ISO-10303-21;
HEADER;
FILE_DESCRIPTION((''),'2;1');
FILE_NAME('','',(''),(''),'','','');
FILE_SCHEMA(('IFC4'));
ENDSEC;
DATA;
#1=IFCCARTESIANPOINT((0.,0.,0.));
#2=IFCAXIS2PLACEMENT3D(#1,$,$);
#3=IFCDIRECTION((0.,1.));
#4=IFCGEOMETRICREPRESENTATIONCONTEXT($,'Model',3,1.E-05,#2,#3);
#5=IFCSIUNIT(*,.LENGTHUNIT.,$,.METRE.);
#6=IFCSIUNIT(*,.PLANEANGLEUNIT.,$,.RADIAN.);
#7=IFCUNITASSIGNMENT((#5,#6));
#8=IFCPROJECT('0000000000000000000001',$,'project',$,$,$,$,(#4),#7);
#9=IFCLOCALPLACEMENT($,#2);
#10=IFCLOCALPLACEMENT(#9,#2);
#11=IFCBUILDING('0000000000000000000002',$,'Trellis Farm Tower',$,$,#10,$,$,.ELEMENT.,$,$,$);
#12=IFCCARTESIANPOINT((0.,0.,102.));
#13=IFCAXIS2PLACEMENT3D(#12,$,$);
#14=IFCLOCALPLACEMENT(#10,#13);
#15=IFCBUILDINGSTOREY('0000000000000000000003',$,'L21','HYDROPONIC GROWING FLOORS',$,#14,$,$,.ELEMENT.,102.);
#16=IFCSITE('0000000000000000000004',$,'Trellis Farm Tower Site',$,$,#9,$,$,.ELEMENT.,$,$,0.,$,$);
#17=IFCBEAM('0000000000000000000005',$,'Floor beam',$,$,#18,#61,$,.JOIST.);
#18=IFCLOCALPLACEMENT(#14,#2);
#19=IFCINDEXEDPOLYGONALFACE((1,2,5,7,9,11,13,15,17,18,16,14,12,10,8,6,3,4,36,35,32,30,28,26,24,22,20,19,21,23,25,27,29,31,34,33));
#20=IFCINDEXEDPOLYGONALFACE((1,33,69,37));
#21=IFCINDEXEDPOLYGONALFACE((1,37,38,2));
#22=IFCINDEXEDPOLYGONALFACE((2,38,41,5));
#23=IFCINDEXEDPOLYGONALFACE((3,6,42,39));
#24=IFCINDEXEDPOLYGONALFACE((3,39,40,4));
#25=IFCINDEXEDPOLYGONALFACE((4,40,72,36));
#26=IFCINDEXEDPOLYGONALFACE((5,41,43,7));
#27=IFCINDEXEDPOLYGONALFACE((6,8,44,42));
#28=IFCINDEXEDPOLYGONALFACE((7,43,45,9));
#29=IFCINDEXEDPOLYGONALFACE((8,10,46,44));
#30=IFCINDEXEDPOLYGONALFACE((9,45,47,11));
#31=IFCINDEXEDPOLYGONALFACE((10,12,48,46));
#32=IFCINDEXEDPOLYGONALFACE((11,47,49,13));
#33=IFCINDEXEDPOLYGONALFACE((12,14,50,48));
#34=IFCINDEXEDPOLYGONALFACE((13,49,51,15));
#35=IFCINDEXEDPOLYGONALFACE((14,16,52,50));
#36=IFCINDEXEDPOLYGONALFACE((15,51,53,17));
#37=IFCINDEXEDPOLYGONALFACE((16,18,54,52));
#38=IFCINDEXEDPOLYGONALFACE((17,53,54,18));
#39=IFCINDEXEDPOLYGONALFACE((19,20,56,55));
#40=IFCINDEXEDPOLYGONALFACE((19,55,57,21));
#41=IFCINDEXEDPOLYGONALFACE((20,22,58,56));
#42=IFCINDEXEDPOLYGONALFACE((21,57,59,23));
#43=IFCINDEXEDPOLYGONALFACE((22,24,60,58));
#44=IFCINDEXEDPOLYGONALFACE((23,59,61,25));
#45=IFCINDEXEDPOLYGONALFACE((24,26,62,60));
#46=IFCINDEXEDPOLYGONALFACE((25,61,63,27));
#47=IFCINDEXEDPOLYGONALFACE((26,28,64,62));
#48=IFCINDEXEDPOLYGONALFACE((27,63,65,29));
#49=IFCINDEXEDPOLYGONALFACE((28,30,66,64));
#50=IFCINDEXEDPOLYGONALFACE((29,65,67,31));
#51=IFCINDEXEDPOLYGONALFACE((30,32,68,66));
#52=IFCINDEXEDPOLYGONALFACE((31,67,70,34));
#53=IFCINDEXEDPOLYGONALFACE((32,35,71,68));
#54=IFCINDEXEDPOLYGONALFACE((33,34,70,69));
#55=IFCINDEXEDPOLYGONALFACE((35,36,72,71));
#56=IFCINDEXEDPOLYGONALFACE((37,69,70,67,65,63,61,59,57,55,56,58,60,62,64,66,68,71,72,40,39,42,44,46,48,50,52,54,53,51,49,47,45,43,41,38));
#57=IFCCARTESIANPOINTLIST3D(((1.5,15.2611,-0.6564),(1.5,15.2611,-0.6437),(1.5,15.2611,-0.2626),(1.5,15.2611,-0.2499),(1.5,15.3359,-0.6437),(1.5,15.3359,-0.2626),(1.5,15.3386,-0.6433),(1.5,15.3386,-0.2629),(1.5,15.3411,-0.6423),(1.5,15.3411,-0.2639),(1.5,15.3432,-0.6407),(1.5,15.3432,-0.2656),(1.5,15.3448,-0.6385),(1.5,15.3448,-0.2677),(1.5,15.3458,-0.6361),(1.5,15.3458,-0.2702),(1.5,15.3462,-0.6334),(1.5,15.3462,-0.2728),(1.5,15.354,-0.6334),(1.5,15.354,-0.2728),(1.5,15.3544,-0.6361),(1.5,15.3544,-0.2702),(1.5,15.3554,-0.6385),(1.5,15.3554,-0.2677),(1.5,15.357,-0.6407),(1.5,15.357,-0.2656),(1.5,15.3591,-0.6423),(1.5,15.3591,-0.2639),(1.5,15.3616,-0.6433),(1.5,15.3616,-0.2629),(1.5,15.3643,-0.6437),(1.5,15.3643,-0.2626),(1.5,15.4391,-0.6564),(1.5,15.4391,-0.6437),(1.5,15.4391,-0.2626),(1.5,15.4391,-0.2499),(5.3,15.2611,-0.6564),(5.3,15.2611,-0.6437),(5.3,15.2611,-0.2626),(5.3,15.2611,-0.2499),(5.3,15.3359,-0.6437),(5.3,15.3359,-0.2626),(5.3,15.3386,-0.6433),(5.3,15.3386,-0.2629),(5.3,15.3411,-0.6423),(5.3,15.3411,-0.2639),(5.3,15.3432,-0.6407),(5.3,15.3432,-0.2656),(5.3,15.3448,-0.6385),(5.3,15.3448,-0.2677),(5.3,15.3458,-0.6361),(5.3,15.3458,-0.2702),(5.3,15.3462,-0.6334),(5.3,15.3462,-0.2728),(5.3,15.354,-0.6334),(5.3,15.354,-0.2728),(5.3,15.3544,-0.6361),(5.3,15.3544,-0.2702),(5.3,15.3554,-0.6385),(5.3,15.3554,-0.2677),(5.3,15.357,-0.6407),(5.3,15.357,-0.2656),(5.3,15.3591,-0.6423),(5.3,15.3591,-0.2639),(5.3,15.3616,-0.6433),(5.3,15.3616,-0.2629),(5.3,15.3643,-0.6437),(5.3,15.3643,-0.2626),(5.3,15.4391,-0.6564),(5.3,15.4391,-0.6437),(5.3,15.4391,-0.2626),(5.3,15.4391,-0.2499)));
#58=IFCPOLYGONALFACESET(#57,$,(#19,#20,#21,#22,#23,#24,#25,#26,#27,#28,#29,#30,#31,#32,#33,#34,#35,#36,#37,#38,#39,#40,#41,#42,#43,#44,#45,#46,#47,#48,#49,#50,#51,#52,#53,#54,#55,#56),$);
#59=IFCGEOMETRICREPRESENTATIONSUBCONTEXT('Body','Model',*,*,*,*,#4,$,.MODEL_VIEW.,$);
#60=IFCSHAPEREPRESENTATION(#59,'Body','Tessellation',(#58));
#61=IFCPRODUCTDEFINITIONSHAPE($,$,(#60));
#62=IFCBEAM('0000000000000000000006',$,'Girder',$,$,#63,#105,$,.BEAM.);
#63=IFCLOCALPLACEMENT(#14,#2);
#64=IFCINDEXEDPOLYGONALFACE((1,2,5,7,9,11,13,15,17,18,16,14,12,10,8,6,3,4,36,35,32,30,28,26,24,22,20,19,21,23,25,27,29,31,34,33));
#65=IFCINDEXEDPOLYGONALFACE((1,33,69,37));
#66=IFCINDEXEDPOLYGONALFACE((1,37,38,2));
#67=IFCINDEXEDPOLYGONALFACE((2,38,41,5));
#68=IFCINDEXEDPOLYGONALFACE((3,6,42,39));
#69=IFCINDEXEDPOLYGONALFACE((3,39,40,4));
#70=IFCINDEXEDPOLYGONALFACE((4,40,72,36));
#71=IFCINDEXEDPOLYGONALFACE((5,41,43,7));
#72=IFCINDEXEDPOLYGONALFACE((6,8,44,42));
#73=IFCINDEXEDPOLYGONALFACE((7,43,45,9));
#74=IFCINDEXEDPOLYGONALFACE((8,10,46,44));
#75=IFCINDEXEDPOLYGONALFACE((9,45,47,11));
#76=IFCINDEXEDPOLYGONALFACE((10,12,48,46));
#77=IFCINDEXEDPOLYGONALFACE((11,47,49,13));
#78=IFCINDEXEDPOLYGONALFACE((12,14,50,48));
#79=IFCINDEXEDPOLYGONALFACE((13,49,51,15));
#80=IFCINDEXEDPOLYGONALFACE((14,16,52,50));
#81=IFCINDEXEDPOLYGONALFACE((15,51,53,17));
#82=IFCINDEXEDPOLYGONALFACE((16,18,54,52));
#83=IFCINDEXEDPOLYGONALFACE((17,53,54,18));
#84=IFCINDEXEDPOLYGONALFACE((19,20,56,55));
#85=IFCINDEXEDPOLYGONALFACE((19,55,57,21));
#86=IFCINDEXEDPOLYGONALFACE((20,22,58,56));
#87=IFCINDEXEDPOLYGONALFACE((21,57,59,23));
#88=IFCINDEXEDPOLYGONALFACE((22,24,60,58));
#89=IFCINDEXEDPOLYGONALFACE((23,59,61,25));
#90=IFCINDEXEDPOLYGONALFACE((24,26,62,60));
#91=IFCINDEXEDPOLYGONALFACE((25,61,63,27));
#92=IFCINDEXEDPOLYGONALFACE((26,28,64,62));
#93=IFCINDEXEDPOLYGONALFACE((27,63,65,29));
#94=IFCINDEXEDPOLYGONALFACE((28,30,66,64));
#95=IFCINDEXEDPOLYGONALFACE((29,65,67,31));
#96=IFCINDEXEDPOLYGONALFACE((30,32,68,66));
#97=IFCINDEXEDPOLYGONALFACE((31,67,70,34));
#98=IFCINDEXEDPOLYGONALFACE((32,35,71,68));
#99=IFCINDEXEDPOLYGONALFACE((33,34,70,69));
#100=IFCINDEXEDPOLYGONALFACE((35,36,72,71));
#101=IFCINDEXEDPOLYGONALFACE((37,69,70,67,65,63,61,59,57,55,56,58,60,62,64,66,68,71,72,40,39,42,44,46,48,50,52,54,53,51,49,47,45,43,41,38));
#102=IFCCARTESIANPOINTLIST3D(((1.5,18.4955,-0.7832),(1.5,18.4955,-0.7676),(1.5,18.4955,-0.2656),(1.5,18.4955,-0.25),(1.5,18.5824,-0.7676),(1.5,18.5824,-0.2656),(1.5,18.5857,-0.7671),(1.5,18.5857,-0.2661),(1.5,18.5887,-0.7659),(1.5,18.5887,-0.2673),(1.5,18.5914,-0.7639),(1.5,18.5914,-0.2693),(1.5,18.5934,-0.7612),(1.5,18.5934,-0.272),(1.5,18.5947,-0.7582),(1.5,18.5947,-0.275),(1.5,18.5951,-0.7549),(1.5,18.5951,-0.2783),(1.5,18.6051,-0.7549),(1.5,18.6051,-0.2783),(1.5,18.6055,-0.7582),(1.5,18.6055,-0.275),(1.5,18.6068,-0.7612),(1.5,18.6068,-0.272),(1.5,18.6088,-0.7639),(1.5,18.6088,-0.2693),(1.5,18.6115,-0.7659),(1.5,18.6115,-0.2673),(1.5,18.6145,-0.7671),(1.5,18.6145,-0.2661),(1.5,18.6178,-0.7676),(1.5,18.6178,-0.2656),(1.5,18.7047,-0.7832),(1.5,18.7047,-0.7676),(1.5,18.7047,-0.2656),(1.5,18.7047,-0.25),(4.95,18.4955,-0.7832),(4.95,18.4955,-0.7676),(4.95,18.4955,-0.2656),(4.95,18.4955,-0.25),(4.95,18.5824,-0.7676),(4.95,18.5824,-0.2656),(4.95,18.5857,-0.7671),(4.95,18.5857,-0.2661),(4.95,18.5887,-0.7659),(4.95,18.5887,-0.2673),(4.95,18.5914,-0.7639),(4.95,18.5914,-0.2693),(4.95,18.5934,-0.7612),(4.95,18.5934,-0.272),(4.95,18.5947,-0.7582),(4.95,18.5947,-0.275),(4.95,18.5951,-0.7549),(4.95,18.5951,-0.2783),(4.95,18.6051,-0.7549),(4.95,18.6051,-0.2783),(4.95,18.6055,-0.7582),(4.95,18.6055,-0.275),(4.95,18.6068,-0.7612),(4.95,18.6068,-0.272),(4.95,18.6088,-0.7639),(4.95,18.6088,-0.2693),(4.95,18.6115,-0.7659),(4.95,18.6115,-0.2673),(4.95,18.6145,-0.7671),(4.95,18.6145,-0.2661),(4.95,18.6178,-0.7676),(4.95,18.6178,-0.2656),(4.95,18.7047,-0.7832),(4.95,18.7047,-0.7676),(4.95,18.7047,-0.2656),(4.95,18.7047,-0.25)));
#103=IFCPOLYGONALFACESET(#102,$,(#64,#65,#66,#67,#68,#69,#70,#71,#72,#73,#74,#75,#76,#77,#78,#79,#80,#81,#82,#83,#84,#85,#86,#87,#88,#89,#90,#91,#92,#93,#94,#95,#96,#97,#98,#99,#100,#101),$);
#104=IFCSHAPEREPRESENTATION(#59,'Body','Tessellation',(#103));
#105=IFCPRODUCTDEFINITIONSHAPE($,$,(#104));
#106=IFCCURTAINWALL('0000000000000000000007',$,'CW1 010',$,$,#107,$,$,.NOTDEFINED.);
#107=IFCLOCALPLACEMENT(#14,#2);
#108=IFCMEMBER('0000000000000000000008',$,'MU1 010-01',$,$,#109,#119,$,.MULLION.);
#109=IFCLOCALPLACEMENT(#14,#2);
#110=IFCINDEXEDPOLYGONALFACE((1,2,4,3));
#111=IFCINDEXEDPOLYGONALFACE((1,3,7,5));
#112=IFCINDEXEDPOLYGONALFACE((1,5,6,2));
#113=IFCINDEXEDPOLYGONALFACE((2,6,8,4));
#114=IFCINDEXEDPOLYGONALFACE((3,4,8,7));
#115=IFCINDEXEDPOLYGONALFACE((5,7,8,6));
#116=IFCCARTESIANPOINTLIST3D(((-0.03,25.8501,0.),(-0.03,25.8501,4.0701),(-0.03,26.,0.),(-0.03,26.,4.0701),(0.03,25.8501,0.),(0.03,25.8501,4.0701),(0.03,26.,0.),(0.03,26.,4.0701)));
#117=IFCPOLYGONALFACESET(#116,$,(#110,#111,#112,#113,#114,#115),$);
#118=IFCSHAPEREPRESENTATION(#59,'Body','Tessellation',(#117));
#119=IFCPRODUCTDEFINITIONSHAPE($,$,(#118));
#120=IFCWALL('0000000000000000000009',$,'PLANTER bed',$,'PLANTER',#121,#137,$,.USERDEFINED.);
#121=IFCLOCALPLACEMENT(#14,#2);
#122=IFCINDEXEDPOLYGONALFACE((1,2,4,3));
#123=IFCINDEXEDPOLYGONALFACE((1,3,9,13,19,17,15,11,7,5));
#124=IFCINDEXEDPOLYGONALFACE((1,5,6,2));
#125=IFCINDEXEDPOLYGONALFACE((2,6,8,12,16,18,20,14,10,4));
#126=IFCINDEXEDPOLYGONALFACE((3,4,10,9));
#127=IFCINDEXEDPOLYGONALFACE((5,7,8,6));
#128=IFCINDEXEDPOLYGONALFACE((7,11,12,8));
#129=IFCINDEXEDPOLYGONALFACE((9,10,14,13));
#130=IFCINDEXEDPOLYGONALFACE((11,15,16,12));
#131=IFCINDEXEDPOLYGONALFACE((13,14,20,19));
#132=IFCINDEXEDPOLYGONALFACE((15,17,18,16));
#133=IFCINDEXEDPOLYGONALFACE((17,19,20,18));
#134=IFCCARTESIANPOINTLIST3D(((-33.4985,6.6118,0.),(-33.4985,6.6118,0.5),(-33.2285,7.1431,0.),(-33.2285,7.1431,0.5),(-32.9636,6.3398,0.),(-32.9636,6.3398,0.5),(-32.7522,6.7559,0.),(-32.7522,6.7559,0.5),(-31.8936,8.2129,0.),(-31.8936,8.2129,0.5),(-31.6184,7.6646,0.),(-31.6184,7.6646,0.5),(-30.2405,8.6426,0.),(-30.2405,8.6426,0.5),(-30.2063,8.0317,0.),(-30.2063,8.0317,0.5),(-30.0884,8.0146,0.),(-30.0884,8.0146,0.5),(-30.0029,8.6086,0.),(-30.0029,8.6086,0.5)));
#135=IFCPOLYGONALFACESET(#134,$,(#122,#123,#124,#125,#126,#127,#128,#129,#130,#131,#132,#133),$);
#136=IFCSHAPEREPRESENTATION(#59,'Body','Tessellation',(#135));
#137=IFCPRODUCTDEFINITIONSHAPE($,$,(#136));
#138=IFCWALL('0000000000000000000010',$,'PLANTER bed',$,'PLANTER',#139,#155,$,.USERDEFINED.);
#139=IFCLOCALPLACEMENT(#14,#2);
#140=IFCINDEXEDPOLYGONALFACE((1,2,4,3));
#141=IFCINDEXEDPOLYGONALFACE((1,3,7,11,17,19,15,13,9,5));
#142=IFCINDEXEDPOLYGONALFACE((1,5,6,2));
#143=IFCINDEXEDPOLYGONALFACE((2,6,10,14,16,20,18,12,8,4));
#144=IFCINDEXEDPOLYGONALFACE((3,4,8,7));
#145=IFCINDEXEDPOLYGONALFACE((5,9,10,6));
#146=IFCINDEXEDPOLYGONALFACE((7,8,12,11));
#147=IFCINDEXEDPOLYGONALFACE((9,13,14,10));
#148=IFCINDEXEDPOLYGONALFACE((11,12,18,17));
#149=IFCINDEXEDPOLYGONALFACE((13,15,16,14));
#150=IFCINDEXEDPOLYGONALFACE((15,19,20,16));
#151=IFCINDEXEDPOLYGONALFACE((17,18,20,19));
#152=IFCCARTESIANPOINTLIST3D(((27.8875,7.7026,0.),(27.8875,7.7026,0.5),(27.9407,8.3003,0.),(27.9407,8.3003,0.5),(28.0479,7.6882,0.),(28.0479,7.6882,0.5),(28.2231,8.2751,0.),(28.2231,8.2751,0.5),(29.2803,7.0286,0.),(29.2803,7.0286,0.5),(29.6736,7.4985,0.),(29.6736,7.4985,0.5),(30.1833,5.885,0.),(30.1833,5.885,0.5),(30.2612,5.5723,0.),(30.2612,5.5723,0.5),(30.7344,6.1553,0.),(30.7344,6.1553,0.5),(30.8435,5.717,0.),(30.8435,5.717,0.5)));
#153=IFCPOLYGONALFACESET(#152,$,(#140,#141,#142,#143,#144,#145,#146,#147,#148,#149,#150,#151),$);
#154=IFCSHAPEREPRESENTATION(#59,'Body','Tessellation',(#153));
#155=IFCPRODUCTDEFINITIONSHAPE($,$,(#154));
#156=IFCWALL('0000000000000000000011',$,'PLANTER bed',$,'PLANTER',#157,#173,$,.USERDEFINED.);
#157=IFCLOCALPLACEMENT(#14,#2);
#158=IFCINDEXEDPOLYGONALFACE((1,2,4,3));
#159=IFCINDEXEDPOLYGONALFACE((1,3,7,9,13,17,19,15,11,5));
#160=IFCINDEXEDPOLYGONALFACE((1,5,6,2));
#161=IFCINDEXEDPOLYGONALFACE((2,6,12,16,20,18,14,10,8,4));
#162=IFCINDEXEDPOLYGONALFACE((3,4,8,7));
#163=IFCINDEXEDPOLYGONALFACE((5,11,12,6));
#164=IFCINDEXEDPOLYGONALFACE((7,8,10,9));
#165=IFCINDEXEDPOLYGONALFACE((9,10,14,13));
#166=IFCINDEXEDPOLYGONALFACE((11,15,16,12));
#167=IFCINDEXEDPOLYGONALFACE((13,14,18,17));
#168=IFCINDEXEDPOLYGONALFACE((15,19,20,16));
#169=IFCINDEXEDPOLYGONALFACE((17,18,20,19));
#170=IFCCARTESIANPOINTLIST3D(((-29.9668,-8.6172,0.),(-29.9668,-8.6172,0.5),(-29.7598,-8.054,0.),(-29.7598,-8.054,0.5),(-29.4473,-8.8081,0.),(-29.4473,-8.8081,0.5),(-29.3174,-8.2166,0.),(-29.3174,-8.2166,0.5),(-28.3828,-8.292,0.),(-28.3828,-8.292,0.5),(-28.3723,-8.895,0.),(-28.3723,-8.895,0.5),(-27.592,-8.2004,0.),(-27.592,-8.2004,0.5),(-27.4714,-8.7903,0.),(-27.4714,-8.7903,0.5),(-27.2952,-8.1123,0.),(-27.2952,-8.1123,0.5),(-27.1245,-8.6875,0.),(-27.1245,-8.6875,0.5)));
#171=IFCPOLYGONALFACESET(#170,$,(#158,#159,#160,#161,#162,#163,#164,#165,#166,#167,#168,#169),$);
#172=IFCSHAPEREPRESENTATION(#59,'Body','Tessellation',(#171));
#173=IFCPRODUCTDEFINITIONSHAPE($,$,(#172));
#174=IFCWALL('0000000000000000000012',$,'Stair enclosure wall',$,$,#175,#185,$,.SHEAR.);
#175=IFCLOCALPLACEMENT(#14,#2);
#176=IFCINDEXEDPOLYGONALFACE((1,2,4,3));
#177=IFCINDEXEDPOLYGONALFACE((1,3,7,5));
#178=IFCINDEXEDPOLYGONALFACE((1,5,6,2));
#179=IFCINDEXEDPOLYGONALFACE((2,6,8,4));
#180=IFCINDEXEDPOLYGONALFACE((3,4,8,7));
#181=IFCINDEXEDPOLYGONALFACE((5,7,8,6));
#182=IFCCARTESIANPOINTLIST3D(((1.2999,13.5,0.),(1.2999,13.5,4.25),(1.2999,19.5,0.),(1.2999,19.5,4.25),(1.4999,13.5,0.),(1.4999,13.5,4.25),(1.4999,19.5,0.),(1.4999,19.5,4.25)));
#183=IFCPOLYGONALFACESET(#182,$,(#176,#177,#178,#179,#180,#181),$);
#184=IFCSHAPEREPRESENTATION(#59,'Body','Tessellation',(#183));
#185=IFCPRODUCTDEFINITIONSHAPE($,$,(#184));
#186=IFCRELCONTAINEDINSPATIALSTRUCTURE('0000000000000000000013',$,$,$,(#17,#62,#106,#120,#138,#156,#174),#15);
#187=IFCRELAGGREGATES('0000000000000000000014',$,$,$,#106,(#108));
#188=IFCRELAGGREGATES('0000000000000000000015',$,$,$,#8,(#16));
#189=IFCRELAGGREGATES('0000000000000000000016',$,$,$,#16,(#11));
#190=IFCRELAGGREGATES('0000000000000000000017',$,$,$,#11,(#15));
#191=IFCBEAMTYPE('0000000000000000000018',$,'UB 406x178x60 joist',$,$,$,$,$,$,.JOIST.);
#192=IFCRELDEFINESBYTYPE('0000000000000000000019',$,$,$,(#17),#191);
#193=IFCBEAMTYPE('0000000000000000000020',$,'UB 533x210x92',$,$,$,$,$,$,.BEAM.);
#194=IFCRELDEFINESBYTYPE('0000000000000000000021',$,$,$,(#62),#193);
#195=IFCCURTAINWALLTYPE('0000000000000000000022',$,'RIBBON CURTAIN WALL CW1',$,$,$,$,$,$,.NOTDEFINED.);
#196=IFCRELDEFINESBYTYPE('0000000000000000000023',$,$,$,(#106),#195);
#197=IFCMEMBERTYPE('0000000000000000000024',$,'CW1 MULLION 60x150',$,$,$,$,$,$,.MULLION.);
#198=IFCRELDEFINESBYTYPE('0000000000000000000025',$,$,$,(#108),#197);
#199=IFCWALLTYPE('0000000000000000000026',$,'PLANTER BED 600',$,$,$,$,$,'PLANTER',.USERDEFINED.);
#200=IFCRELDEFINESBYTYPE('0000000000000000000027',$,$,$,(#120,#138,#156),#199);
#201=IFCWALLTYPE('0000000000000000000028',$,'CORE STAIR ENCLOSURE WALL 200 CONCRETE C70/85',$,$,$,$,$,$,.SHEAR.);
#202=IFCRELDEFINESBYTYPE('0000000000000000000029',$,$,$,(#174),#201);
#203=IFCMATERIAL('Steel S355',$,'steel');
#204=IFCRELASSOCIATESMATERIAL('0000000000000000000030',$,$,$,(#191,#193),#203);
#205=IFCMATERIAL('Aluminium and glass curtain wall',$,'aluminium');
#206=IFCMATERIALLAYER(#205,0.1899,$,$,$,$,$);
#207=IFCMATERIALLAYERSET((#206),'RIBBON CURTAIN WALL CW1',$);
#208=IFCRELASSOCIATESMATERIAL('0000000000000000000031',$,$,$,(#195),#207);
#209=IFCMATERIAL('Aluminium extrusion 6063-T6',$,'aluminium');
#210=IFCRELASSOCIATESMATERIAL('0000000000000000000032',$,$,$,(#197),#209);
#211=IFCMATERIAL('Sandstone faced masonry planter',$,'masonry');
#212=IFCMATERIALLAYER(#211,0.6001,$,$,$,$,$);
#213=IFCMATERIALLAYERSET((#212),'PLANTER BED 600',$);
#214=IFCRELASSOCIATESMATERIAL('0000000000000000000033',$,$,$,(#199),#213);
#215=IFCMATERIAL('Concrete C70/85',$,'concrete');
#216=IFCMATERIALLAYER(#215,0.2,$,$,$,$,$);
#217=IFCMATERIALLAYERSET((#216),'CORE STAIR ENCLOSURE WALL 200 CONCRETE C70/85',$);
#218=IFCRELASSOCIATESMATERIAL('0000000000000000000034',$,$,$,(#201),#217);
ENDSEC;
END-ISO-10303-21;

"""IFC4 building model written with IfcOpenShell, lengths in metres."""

from ifc_helpers import new_model, si_unit, direction, frame, frame_2d, origin, origin_2d, place, context, subcontext, project, spatial, polyline, rectangle, i_section, outline, extrude, source, transform, mapped, material, layer, layer_set, material_profile, profile_set, type_object, element, aggregate, save


model = new_model("IFC4")

# Units and contexts
model_context = context("Model", 3, precision=1e-05, world=origin(), true_north=direction((0.0, 1.0)))
body_context = subcontext(model_context, "Body", "Model", "MODEL_VIEW")
ifc_project = project(units=[si_unit("LENGTHUNIT", "METRE"), si_unit("PLANEANGLEUNIT", "RADIAN")], contexts=[model_context])

# Site, building, storey
site_placement = place(None, origin())
site = spatial("IfcSite", under=ifc_project, at=site_placement, Name="Trellis Farm Tower Site", CompositionType="ELEMENT", RefElevation=0.0)
building_placement = place(site_placement, origin())
building = spatial("IfcBuilding", under=site, at=building_placement, Name="Trellis Farm Tower", CompositionType="ELEMENT")
storey_placement = place(building_placement, frame((0.0, 0.0, 102.0)))
storey = spatial("IfcBuildingStorey", under=building, at=storey_placement, Name="L21", Description="HYDROPONIC GROWING FLOORS", CompositionType="ELEMENT", Elevation=102.0)

# Beams
ifc_material_1 = material(Name="Steel S355", Category="steel")
ifc_material_profile_1 = material_profile(ifc_material_1, i_section(OverallWidth=0.178, OverallDepth=0.4065, WebThickness=0.0078, FlangeThickness=0.0127, FilletRadius=0.0103, at=origin_2d()), Name="UB 406x178x60")
ifc_profile_set_1 = profile_set([ifc_material_profile_1], Name="Steel S355")
beam_type_1 = type_object("IfcBeamType", Name="UB 406x178x60 joist", PredefinedType="JOIST", material=ifc_profile_set_1)
shared_shape_1 = source(origin(), body_context, "Body", "SweptSolid", [
    extrude(i_section(OverallWidth=0.178, OverallDepth=0.4065, WebThickness=0.0078, FlangeThickness=0.0127, FilletRadius=0.0103, at=origin_2d()), origin(), (0.0, 0.0, 1.0), 3.8),
])
beam_1_placement = place(storey_placement, frame((1.5, 15.3501, -0.4531), z_axis=(1.0, 0.0, 0.0), x_axis=(0.0, 1.0, 0.0)))
element("IfcBeam", 1, at=beam_1_placement, inside=storey, type_object=beam_type_1, Name="Floor beam", PredefinedType="JOIST", context=body_context, shape_type="MappedRepresentation", body=[
    mapped(shared_shape_1, transform((0.0, 0.0, 0.0))),
])
ifc_material_profile_2 = material_profile(ifc_material_1, i_section(OverallWidth=0.2092, OverallDepth=0.5332, WebThickness=0.01, FlangeThickness=0.0156, FilletRadius=0.0127, at=origin_2d()), Name="UB 533x210x92")
ifc_profile_set_2 = profile_set([ifc_material_profile_2], Name="Steel S355")
beam_type_2 = type_object("IfcBeamType", Name="UB 533x210x92", PredefinedType="BEAM", material=ifc_profile_set_2)
shared_shape_2 = source(origin(), body_context, "Body", "SweptSolid", [
    extrude(i_section(OverallWidth=0.2092, OverallDepth=0.5332, WebThickness=0.01, FlangeThickness=0.0156, FilletRadius=0.0127, at=origin_2d()), origin(), (0.0, 0.0, 1.0), 3.45),
])
beam_2_placement = place(storey_placement, frame((1.5, 18.6001, -0.5166), z_axis=(1.0, 0.0, 0.0), x_axis=(0.0, 1.0, 0.0)))
element("IfcBeam", 2, at=beam_2_placement, inside=storey, type_object=beam_type_2, Name="Girder", PredefinedType="BEAM", context=body_context, shape_type="MappedRepresentation", body=[
    mapped(shared_shape_2, transform((0.0, 0.0, 0.0))),
])

# Curtain wall, member
ifc_material_2 = material(Name="Aluminium and glass curtain wall", Category="aluminium")
ifc_layer_1 = layer(ifc_material_2, 0.1899)
ifc_layer_set_1 = layer_set([ifc_layer_1], Name="RIBBON CURTAIN WALL CW1")
curtain_wall_type = type_object("IfcCurtainWallType", Name="RIBBON CURTAIN WALL CW1", PredefinedType="NOTDEFINED", material=ifc_layer_set_1)
placement = place(storey_placement, origin())
curtain_wall = element("IfcCurtainWall", 3, at=placement, inside=storey, type_object=curtain_wall_type, Name="CW1 010", PredefinedType="NOTDEFINED")
ifc_material_3 = material(Name="Aluminium extrusion 6063-T6", Category="aluminium")
ifc_material_profile_3 = material_profile(ifc_material_3, rectangle(XDim=0.0601, YDim=0.1499, at=origin_2d()), Name="MULLION 60x150")
ifc_profile_set_3 = profile_set([ifc_material_profile_3], Name="Aluminium extrusion 6063-T6")
member_type = type_object("IfcMemberType", Name="CW1 MULLION 60x150", PredefinedType="MULLION", material=ifc_profile_set_3)
shared_shape_3 = source(origin(), body_context, "Body", "SweptSolid", [
    extrude(rectangle(XDim=0.0601, YDim=0.1499, at=origin_2d()), origin(), (0.0, 0.0, 1.0), 4.0701),
])
member_placement = place(storey_placement, frame((0.0, 25.925, 0.0), z_axis=(0.0, 0.0, 1.0), x_axis=(-1.0, 0.0, 0.0)))
member = element("IfcMember", 4, at=member_placement, type_object=member_type, Name="MU1 010-01", PredefinedType="MULLION", context=body_context, shape_type="MappedRepresentation", body=[
    mapped(shared_shape_3, transform((0.0, 0.0, 0.0))),
])
aggregate(curtain_wall, [member])

# Walls
ifc_material_4 = material(Name="Sandstone faced masonry planter", Category="masonry")
ifc_layer_2 = layer(ifc_material_4, 0.6001)
ifc_layer_set_2 = layer_set([ifc_layer_2], Name="PLANTER BED 600")
wall_type_1 = type_object("IfcWallType", Name="PLANTER BED 600", ElementType="PLANTER", PredefinedType="USERDEFINED", material=ifc_layer_set_2)
element("IfcWall", 5, at=placement, inside=storey, type_object=wall_type_1, Name="PLANTER bed", ObjectType="PLANTER", PredefinedType="USERDEFINED", context=body_context, shape_type="SweptSolid", body=[
    extrude(outline(polyline([(-33.2285, 7.1431), (-31.8936, 8.2129), (-30.2405, 8.6426), (-30.0029, 8.6086), (-30.0884, 8.0146), (-30.2063, 8.0317), (-31.6184, 7.6646), (-32.7522, 6.7559), (-32.9636, 6.3398), (-33.4985, 6.6118), (-33.2285, 7.1431)])), origin(), (0.0, 0.0, 1.0), 0.5),
])
element("IfcWall", 6, at=placement, inside=storey, type_object=wall_type_1, Name="PLANTER bed", ObjectType="PLANTER", PredefinedType="USERDEFINED", context=body_context, shape_type="SweptSolid", body=[
    extrude(outline(polyline([(29.6736, 7.4985), (30.7344, 6.1553), (30.8435, 5.717), (30.2612, 5.5723), (30.1833, 5.885), (29.2803, 7.0286), (28.0479, 7.6882), (27.8875, 7.7026), (27.9407, 8.3003), (28.2231, 8.2751), (29.6736, 7.4985)])), origin(), (0.0, 0.0, 1.0), 0.5),
])
element("IfcWall", 7, at=placement, inside=storey, type_object=wall_type_1, Name="PLANTER bed", ObjectType="PLANTER", PredefinedType="USERDEFINED", context=body_context, shape_type="SweptSolid", body=[
    extrude(outline(polyline([(-28.3723, -8.895), (-29.4473, -8.8081), (-29.9668, -8.6172), (-29.7598, -8.054), (-29.3174, -8.2166), (-28.3828, -8.292), (-27.592, -8.2004), (-27.2952, -8.1123), (-27.1245, -8.6875), (-27.4714, -8.7903), (-28.3723, -8.895)])), origin(), (0.0, 0.0, 1.0), 0.5),
])
ifc_material_5 = material(Name="Concrete C70/85", Category="concrete")
ifc_layer_3 = layer(ifc_material_5, 0.2)
ifc_layer_set_3 = layer_set([ifc_layer_3], Name="CORE STAIR ENCLOSURE WALL 200 CONCRETE C70/85")
wall_type_2 = type_object("IfcWallType", Name="CORE STAIR ENCLOSURE WALL 200 CONCRETE C70/85", PredefinedType="SHEAR", material=ifc_layer_set_3)
shared_shape_4 = source(origin(), body_context, "Body", "SweptSolid", [
    extrude(rectangle(XDim=6.0, YDim=0.2, at=frame_2d((3.0, 0.0))), origin(), (0.0, 0.0, 1.0), 4.25),
])
wall_1_placement = place(storey_placement, frame((1.3999, 13.5, 0.0), z_axis=(0.0, 0.0, 1.0), x_axis=(0.0, 1.0, 0.0)))
element("IfcWall", 8, at=wall_1_placement, inside=storey, type_object=wall_type_2, Name="Stair enclosure wall", PredefinedType="SHEAR", context=body_context, shape_type="MappedRepresentation", body=[
    mapped(shared_shape_4, transform((0.0, 0.0, 0.0))),
])

save(model, "model.ifc")
